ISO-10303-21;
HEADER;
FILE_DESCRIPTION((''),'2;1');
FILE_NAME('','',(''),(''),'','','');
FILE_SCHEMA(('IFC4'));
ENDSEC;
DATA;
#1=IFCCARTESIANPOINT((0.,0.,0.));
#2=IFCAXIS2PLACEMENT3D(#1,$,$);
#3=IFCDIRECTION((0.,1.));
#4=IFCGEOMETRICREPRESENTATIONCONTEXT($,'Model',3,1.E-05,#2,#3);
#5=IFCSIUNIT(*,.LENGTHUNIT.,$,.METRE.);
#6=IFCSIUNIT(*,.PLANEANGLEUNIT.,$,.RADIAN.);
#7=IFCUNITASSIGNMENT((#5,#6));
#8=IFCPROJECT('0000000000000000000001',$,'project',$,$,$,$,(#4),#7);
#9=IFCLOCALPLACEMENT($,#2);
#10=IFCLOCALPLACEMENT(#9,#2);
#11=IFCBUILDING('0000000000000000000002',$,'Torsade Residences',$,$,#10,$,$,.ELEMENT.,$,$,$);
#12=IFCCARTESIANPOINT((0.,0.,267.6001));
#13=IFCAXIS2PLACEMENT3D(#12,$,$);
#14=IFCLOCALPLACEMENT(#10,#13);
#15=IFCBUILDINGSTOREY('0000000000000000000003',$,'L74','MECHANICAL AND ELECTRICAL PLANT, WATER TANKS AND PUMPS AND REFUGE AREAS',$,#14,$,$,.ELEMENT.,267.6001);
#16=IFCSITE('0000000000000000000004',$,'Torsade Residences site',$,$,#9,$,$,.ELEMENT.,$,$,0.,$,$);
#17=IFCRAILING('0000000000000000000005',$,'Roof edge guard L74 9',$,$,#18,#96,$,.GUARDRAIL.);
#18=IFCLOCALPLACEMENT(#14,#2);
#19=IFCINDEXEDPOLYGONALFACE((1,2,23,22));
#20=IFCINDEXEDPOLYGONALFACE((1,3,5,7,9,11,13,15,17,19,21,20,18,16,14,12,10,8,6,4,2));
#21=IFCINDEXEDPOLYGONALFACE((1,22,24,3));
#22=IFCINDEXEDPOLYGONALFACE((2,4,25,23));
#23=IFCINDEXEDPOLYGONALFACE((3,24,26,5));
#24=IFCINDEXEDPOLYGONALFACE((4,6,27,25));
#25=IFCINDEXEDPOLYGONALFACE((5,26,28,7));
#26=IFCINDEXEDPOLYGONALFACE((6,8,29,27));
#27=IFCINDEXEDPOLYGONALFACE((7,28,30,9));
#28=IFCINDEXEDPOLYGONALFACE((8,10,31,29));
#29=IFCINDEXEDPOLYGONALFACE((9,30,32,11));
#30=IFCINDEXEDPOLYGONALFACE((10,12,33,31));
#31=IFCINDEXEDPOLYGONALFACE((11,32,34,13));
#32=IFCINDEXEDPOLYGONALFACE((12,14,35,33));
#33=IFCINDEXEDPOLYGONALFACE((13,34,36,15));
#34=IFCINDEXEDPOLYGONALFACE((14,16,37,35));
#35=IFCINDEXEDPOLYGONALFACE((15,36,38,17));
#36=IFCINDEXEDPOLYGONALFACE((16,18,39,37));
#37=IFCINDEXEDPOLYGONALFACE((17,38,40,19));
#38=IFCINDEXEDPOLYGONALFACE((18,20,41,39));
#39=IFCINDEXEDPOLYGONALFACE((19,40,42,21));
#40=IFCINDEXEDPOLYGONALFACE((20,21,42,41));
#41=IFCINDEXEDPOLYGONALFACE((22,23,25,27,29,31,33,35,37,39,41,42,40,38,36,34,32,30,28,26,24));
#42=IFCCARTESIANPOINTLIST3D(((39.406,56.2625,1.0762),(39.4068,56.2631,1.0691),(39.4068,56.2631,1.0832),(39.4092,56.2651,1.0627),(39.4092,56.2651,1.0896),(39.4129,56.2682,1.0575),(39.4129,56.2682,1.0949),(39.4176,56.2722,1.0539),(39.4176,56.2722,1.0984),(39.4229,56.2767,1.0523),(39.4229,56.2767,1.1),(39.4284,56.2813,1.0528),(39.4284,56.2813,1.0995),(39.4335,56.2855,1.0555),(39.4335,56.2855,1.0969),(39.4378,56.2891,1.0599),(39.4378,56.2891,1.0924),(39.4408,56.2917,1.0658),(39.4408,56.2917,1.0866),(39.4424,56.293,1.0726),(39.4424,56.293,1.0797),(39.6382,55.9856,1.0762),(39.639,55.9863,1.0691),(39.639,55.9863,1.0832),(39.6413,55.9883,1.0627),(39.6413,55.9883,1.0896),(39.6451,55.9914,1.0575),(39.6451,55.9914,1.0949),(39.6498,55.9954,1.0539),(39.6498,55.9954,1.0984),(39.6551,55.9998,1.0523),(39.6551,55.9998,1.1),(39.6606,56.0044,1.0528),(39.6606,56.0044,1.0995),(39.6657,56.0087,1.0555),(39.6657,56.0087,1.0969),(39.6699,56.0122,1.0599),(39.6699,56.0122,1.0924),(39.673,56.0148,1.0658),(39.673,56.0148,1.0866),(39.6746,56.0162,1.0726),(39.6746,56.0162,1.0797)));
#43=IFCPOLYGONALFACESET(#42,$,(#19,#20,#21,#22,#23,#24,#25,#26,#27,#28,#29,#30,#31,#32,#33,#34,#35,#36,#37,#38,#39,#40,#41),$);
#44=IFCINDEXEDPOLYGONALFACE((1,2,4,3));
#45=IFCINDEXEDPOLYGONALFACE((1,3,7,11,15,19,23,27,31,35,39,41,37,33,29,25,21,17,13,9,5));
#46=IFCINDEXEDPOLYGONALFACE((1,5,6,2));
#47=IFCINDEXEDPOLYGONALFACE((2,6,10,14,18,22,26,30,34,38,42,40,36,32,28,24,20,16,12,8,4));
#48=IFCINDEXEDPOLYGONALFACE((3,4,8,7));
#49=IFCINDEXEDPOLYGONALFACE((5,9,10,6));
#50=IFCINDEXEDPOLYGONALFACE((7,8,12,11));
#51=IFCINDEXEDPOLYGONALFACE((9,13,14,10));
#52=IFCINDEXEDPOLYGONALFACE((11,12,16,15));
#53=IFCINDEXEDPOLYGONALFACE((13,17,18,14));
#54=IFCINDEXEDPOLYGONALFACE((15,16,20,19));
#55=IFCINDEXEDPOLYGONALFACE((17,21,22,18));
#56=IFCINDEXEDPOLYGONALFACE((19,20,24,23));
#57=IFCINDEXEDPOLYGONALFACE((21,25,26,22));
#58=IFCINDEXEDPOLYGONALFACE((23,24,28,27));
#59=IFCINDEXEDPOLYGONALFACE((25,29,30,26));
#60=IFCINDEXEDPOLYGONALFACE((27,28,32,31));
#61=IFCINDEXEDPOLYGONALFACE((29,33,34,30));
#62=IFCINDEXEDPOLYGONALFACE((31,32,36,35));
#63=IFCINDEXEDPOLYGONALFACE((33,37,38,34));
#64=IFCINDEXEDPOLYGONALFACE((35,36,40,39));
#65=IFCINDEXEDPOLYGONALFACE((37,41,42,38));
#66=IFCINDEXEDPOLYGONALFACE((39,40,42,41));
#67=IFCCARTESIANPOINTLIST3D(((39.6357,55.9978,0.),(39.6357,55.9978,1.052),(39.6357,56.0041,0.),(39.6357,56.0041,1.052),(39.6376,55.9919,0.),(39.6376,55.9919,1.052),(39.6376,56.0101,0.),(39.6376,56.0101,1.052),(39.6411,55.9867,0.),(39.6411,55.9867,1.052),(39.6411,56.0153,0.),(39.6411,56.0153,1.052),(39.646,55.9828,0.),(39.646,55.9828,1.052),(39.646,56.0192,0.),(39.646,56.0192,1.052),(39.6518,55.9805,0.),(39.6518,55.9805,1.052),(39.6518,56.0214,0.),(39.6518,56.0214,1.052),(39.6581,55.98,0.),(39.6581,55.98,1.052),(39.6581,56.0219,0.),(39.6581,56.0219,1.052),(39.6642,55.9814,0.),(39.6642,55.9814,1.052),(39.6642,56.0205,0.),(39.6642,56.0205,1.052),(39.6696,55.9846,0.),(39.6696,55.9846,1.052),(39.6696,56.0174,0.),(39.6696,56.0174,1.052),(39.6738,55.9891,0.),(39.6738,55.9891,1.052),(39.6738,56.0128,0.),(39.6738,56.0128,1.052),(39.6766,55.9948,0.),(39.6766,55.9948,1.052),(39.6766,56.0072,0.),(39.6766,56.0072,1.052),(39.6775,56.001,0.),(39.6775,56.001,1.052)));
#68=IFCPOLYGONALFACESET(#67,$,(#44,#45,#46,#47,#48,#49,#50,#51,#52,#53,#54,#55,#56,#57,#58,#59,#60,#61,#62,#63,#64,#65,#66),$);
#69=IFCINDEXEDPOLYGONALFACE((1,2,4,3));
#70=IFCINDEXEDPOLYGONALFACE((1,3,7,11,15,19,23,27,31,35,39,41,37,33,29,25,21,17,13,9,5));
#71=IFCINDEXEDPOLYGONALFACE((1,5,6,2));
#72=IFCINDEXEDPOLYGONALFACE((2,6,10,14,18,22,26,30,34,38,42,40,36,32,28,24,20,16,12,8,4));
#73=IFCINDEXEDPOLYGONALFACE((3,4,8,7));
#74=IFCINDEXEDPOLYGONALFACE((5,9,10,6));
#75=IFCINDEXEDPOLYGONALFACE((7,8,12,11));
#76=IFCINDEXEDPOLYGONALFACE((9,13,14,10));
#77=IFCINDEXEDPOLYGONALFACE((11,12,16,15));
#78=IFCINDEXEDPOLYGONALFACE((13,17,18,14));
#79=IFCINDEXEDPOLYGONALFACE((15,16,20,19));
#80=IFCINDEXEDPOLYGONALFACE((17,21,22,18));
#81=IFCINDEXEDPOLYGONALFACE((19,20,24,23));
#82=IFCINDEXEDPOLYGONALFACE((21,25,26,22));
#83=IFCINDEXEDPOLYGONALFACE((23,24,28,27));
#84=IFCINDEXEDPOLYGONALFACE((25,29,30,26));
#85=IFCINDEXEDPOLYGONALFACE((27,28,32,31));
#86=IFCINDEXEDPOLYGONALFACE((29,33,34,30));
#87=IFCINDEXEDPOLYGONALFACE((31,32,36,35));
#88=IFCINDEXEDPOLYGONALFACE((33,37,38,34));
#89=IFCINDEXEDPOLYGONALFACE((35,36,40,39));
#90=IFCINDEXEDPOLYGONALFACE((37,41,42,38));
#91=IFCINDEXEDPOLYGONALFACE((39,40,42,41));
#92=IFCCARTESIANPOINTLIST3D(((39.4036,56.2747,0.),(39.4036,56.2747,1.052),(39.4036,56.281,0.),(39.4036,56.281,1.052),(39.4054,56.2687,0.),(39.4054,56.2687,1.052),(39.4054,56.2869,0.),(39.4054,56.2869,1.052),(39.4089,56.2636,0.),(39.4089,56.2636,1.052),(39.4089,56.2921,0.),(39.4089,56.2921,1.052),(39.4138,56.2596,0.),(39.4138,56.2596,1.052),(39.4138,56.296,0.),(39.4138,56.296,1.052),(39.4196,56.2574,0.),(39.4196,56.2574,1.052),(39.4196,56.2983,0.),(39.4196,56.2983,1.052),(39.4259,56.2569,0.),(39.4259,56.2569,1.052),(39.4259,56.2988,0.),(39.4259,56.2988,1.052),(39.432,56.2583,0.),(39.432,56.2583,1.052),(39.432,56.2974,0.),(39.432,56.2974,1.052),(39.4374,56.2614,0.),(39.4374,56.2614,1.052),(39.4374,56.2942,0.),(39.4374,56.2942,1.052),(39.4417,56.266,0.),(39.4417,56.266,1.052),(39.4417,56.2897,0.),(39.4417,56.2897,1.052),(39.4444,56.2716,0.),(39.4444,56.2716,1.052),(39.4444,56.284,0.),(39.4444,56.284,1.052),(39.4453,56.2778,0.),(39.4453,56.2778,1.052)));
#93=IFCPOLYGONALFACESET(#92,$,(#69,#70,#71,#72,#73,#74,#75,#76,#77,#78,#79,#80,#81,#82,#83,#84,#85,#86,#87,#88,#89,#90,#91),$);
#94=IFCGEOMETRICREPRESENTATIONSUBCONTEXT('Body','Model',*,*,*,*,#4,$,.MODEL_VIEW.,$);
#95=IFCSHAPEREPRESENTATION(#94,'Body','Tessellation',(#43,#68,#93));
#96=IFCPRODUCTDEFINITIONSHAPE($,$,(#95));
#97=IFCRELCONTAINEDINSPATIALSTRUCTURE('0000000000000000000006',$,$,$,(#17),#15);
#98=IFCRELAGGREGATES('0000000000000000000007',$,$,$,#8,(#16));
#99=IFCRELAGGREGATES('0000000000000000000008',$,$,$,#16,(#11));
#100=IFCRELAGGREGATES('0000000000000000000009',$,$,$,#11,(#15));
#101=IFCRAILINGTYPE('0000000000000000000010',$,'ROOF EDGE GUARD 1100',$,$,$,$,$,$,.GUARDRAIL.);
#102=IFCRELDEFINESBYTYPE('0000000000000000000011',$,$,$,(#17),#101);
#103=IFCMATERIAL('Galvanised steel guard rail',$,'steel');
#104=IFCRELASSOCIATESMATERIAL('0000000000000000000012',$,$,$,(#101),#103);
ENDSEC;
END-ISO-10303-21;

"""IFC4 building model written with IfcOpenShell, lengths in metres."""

from ifc_helpers import new_model, si_unit, direction, frame, origin, origin_2d, place, context, subcontext, project, spatial, circle, extrude, material, type_object, element, save


model = new_model("IFC4")

# Units and contexts
model_context = context("Model", 3, precision=1e-05, world=origin(), true_north=direction((0.0, 1.0)))
body_context = subcontext(model_context, "Body", "Model", "MODEL_VIEW")
ifc_project = project(units=[si_unit("LENGTHUNIT", "METRE"), si_unit("PLANEANGLEUNIT", "RADIAN")], contexts=[model_context])

# Site, building, storey
site_placement = place(None, origin())
site = spatial("IfcSite", under=ifc_project, at=site_placement, Name="Torsade Residences site", CompositionType="ELEMENT", RefElevation=0.0)
building_placement = place(site_placement, origin())
building = spatial("IfcBuilding", under=site, at=building_placement, Name="Torsade Residences", CompositionType="ELEMENT")
storey_placement = place(building_placement, frame((0.0, 0.0, 267.6001)))
storey = spatial("IfcBuildingStorey", under=building, at=storey_placement, Name="L74", Description="MECHANICAL AND ELECTRICAL PLANT, WATER TANKS AND PUMPS AND REFUGE AREAS", CompositionType="ELEMENT", Elevation=267.6001)

# Railing
ifc_material_1 = material(Name="Galvanised steel guard rail", Category="steel")
railing_type = type_object("IfcRailingType", Name="ROOF EDGE GUARD 1100", PredefinedType="GUARDRAIL", material=ifc_material_1)
railing_1_placement = place(storey_placement, frame((39.6565, 56.001, 0.0)))
element("IfcRailing", 1, at=railing_1_placement, inside=storey, type_object=railing_type, Name="Roof edge guard L74 9", PredefinedType="GUARDRAIL", context=body_context, shape_type="SweptSolid", body=[
    extrude(circle(Radius=0.0239, at=origin_2d()), frame((0.0, 0.0, 1.0762), z_axis=(-0.642574, 0.766224, 0.0), x_axis=(-0.766224, -0.642574, 0.0)), (0.0, 0.0, 1.0), 0.3613),
    extrude(circle(Radius=0.021, at=origin_2d()), origin(), (0.0, 0.0, 1.0), 1.052),
    extrude(circle(Radius=0.021, at=origin_2d()), frame((-0.2322, 0.2769, 0.0)), (0.0, 0.0, 1.0), 1.052),
])

save(model, "model.ifc")
